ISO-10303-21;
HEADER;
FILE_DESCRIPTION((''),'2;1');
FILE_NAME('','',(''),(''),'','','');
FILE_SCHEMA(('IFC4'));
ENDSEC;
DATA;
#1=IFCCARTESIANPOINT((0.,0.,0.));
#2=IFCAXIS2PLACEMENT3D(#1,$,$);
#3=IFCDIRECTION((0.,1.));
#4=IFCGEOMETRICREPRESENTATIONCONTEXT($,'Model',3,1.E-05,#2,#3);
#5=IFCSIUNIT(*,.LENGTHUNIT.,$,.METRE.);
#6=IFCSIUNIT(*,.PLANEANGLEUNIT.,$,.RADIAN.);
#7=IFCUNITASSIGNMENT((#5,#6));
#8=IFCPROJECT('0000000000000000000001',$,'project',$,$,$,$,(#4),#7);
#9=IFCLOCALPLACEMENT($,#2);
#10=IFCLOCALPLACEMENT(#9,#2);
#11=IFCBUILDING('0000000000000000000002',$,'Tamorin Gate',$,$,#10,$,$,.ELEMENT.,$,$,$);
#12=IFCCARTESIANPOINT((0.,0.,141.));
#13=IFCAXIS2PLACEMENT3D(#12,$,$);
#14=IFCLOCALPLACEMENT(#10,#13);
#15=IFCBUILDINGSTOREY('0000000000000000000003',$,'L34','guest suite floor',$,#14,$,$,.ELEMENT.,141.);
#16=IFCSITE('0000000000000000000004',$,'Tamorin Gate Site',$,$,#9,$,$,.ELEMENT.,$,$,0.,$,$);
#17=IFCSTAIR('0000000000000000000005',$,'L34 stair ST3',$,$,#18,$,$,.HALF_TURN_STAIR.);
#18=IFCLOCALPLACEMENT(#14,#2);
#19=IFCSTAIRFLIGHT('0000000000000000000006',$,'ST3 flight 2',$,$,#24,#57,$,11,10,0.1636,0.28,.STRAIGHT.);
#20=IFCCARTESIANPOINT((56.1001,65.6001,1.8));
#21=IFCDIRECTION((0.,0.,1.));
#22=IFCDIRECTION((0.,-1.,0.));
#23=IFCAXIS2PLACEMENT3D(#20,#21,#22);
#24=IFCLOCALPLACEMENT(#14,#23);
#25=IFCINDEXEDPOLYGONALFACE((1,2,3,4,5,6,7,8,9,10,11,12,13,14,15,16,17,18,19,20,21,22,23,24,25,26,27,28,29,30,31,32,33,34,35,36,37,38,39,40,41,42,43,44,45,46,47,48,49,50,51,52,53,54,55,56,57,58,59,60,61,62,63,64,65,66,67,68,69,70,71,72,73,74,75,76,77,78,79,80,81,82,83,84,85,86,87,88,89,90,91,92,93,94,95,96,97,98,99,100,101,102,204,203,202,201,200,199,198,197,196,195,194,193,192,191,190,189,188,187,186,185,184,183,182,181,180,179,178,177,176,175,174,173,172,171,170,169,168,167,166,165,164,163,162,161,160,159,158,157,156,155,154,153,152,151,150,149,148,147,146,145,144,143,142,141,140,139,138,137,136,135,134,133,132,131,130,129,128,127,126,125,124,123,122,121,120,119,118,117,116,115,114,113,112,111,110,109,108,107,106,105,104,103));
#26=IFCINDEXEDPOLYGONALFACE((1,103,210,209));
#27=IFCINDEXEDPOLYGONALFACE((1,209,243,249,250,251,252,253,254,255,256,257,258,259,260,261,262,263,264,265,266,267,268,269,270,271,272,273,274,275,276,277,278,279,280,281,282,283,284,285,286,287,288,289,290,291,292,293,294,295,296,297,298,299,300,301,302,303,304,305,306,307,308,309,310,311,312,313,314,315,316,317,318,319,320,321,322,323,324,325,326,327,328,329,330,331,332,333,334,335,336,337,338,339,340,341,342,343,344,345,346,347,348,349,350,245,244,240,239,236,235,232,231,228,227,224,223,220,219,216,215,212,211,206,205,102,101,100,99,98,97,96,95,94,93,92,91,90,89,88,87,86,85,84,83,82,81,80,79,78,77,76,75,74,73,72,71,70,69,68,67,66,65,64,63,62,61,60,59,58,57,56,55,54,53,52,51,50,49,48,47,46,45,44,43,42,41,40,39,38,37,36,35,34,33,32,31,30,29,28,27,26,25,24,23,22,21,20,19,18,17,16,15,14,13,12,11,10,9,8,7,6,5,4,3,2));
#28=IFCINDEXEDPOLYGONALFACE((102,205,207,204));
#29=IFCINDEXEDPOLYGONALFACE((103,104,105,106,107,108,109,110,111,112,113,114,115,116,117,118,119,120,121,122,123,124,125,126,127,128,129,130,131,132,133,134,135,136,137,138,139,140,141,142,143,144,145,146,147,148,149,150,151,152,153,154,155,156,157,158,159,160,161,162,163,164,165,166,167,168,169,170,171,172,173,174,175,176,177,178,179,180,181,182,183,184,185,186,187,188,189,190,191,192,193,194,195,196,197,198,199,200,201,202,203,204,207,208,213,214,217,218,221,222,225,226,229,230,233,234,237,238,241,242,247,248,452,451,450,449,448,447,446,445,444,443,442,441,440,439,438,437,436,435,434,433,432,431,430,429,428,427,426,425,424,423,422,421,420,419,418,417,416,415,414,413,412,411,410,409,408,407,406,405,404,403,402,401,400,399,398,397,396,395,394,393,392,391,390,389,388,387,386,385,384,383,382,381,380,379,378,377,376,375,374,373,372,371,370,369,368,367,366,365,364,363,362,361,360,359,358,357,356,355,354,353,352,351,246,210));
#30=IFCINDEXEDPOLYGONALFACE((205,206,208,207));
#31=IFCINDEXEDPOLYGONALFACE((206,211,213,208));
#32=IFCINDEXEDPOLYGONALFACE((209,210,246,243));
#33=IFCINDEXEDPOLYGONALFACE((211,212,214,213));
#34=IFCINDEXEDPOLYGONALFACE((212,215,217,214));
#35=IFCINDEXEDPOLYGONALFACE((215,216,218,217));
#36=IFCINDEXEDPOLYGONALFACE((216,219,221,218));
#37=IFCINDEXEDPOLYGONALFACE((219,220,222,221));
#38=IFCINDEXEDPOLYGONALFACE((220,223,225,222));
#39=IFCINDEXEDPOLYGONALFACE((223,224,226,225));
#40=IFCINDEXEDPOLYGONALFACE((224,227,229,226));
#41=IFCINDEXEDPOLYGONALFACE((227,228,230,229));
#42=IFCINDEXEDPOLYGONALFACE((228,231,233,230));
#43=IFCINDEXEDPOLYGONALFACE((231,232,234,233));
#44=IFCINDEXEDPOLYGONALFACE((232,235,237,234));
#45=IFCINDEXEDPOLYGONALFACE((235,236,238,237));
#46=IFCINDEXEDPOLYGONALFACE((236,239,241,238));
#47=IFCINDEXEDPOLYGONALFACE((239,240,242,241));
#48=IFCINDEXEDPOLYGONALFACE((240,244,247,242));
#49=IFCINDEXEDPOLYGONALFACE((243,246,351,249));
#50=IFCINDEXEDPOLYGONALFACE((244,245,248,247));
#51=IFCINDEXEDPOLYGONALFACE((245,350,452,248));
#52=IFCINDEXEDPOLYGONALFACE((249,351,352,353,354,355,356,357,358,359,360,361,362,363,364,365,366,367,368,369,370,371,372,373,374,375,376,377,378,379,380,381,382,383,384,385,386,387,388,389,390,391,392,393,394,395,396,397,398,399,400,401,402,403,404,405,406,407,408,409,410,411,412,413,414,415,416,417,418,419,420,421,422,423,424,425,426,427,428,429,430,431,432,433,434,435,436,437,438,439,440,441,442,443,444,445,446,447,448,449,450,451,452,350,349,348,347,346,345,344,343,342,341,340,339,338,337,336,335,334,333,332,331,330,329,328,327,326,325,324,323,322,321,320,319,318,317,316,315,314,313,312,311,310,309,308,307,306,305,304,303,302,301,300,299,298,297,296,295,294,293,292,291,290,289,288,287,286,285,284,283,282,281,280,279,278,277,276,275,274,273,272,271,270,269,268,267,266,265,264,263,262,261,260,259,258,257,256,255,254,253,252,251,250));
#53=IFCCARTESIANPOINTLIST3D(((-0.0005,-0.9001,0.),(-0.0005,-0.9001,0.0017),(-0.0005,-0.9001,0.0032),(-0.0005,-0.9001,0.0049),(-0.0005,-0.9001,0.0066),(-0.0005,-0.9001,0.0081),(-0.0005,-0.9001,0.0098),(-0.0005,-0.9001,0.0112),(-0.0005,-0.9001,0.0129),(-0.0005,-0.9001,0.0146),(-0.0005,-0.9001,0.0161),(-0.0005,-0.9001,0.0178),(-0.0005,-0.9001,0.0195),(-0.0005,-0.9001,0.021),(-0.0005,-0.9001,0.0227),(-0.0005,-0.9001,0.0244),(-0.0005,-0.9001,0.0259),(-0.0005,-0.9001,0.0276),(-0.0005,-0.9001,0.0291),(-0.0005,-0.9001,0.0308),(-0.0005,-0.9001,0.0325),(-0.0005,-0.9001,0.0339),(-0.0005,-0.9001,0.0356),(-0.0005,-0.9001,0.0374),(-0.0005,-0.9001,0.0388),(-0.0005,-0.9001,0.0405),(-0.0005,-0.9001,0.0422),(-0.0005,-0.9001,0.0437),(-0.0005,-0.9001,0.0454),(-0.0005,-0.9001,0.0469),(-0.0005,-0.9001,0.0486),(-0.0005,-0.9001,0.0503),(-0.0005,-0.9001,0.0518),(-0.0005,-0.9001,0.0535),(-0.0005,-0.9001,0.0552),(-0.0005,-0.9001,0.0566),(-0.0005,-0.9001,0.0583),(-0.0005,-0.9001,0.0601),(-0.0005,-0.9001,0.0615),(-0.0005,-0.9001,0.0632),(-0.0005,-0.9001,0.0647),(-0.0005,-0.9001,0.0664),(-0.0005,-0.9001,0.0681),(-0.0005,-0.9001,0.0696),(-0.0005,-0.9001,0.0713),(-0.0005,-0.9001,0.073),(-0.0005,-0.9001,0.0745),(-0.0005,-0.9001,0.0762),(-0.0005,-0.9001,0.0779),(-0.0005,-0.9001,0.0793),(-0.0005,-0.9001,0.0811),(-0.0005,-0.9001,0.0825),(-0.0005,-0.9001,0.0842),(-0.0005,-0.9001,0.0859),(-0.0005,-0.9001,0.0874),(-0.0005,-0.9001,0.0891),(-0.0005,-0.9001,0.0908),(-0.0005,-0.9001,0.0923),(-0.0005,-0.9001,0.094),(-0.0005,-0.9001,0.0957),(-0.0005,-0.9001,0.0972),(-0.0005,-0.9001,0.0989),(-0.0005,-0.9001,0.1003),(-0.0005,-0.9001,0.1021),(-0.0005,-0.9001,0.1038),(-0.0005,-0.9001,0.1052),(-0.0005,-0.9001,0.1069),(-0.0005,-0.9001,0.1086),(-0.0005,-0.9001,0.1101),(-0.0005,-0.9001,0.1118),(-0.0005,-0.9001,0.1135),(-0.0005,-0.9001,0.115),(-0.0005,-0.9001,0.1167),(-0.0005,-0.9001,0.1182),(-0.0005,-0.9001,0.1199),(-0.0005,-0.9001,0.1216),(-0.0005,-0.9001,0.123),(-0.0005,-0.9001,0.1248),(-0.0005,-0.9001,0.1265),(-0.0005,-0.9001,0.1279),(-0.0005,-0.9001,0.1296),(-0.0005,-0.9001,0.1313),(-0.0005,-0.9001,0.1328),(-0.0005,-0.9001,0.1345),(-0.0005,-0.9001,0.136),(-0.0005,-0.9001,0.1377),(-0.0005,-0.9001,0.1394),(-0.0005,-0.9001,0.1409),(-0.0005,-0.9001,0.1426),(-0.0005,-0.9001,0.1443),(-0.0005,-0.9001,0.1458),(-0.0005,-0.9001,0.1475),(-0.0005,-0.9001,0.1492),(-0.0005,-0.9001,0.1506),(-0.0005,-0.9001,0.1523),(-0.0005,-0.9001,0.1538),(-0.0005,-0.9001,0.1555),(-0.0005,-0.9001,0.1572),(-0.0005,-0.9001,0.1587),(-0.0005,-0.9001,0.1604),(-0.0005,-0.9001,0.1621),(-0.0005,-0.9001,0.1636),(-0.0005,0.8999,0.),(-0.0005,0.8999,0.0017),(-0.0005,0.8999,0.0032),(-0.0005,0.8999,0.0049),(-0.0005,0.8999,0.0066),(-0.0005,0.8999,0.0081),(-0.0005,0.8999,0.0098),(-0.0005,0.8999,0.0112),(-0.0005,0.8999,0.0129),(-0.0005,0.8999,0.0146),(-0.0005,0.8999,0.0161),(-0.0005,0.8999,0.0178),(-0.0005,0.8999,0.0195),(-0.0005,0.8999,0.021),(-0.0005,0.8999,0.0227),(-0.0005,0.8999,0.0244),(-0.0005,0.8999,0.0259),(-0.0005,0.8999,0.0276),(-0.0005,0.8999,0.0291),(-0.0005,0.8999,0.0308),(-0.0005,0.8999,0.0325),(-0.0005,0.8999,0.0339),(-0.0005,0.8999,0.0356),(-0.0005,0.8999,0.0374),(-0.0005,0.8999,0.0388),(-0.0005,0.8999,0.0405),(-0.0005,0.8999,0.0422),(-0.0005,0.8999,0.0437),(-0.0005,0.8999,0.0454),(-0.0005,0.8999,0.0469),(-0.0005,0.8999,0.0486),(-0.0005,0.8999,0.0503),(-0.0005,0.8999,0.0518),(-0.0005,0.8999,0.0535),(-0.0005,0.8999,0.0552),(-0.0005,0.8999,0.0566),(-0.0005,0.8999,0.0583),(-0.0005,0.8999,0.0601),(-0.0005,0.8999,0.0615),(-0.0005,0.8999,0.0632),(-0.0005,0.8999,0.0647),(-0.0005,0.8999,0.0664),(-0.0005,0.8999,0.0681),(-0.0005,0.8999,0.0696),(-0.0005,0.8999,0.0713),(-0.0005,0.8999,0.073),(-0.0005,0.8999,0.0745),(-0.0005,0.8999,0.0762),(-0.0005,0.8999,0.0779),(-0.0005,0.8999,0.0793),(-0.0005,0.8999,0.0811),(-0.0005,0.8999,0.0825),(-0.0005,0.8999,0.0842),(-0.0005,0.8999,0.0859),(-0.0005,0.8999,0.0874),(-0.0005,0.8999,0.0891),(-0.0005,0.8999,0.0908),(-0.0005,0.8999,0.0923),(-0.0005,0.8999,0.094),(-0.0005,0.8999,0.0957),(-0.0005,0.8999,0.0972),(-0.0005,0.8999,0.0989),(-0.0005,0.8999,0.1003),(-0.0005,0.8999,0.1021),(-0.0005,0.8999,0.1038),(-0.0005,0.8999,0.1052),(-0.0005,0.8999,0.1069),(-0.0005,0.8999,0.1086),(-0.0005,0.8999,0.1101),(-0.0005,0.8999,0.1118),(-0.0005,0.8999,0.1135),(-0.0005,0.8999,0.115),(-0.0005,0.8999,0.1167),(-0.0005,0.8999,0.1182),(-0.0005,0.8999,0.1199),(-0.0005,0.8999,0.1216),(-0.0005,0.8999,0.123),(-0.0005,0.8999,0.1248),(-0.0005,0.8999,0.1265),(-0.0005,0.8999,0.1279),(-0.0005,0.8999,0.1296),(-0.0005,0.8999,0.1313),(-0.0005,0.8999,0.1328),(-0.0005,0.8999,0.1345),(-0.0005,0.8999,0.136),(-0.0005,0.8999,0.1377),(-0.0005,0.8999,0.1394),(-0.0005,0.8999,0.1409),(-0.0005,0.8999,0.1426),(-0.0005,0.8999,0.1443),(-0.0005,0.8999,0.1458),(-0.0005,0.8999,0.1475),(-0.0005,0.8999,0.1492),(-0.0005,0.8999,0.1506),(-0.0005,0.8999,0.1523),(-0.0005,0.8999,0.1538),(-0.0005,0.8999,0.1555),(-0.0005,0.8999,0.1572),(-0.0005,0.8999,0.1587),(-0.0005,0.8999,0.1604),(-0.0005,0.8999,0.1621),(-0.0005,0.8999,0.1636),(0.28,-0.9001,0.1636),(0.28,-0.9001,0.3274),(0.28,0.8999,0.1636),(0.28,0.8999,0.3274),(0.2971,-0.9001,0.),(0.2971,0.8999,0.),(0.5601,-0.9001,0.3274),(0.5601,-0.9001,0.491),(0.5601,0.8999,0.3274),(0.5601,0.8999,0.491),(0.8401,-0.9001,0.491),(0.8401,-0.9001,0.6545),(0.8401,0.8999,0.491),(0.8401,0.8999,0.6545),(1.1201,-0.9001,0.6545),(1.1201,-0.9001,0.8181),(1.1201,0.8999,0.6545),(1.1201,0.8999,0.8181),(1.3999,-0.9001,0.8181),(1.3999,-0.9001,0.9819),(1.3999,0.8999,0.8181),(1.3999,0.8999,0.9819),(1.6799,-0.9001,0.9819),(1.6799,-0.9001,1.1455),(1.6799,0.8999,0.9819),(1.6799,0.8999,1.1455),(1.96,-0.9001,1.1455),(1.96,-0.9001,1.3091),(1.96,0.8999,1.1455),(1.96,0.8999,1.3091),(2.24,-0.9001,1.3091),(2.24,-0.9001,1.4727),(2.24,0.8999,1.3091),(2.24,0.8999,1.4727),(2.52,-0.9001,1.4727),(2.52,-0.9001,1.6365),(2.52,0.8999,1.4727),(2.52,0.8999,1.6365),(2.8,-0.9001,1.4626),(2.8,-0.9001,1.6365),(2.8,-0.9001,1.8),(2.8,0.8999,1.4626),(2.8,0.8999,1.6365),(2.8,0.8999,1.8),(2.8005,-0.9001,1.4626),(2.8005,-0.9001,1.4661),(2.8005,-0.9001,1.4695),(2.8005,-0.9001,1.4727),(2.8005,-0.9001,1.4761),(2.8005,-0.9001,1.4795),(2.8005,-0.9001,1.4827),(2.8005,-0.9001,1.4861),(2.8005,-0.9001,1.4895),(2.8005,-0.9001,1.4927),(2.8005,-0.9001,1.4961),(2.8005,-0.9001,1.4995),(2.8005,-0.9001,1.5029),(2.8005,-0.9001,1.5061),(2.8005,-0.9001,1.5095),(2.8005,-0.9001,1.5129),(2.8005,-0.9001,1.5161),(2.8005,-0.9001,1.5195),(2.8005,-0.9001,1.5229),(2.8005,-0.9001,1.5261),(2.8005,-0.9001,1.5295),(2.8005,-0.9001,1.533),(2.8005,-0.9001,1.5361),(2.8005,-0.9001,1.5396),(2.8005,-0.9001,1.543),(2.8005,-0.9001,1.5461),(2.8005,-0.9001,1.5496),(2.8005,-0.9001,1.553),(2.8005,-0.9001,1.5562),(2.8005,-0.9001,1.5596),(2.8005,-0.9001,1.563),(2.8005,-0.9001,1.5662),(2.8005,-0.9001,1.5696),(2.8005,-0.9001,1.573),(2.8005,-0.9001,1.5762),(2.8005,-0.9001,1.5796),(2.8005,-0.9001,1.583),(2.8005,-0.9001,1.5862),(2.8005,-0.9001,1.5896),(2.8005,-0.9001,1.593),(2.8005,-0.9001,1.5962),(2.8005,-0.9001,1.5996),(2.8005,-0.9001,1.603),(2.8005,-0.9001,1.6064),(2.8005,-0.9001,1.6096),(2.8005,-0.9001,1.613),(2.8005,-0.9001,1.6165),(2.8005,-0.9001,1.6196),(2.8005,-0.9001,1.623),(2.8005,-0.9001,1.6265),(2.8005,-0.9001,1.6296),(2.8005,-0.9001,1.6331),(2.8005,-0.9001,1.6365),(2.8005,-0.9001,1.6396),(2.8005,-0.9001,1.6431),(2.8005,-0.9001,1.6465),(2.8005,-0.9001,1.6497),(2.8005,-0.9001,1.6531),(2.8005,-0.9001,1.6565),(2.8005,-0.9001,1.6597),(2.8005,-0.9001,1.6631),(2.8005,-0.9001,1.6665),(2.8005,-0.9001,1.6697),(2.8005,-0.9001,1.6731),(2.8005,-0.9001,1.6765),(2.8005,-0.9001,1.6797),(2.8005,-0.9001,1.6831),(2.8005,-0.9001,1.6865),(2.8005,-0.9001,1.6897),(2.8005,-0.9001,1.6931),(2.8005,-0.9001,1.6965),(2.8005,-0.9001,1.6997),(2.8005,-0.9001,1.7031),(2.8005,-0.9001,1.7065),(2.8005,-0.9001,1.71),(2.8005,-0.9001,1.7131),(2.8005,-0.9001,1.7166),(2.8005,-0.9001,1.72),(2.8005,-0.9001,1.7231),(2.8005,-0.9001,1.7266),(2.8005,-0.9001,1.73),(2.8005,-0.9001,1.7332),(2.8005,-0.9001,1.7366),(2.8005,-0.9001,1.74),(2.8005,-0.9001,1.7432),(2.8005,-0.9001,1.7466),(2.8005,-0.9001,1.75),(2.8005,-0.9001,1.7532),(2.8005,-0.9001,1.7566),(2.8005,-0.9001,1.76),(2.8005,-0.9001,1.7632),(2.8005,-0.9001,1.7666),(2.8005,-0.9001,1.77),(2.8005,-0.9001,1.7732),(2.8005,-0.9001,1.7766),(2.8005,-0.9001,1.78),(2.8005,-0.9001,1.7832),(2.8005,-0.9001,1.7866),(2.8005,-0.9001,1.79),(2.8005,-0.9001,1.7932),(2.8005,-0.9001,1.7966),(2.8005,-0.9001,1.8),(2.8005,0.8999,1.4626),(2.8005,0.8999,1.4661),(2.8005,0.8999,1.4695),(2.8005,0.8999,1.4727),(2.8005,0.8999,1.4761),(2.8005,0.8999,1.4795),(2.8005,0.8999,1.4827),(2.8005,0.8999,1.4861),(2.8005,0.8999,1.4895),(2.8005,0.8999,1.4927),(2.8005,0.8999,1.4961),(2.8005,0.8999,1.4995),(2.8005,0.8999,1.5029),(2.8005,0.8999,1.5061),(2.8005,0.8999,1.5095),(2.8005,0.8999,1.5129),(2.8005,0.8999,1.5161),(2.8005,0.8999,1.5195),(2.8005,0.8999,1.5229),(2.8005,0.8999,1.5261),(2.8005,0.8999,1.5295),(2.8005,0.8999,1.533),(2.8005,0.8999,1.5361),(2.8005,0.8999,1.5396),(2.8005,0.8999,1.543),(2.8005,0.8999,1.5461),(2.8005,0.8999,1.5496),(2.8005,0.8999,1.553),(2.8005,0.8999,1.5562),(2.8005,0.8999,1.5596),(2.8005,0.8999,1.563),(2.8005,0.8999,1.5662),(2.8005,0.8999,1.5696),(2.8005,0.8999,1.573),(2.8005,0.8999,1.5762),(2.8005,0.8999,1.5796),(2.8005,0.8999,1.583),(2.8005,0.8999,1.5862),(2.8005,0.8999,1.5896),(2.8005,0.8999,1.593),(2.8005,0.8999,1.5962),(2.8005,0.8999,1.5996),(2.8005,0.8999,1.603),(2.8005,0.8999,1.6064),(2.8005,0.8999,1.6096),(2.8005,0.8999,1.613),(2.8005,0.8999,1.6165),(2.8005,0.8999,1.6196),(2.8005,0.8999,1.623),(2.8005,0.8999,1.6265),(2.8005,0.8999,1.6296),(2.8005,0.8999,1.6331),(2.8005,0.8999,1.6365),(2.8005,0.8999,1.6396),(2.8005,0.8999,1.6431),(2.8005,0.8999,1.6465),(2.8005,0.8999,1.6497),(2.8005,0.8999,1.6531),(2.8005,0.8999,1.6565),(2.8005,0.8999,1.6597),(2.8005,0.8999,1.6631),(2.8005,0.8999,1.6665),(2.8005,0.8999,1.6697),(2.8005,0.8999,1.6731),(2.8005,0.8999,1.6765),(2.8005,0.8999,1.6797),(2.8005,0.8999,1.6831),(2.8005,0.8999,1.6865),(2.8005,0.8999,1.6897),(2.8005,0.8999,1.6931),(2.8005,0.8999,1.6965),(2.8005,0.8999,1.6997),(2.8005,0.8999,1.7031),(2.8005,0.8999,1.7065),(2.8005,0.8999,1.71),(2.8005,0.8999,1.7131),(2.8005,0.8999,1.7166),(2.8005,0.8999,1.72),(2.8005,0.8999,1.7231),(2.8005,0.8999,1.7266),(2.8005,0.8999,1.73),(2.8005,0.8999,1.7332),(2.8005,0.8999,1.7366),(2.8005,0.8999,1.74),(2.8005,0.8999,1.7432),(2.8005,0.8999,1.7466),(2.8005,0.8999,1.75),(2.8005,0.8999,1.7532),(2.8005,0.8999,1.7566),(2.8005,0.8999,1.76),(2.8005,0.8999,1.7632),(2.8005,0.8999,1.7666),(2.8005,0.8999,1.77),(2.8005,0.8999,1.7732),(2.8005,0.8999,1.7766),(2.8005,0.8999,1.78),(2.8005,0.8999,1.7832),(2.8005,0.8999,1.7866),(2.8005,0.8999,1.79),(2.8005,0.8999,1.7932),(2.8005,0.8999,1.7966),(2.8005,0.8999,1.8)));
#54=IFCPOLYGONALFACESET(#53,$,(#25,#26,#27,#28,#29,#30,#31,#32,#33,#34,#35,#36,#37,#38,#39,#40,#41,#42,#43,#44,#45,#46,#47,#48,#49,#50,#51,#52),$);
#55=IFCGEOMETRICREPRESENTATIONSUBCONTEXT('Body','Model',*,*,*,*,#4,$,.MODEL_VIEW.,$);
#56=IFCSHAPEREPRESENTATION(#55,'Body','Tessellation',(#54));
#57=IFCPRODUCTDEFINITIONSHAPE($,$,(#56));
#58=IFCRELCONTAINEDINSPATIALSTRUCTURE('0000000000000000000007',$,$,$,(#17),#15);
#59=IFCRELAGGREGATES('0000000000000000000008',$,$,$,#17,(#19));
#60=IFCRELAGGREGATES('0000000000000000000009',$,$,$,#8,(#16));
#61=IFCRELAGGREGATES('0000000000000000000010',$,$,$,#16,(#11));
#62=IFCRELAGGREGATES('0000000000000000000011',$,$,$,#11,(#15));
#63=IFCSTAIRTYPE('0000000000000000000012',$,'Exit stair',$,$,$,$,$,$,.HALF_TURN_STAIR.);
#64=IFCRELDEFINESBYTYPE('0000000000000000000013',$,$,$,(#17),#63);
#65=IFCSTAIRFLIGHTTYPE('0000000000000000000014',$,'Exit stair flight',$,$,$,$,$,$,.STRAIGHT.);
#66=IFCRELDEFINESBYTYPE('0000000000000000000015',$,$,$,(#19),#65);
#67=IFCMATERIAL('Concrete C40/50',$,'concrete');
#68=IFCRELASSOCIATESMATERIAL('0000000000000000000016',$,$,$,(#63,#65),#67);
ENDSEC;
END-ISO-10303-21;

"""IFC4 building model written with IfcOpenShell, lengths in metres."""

from ifc_helpers import new_model, si_unit, direction, frame, origin, place, context, subcontext, project, spatial, polyline, outline, extrude, material, type_object, element, aggregate, save


model = new_model("IFC4")

# Units and contexts
model_context = context("Model", 3, precision=1e-05, world=origin(), true_north=direction((0.0, 1.0)))
body_context = subcontext(model_context, "Body", "Model", "MODEL_VIEW")
ifc_project = project(units=[si_unit("LENGTHUNIT", "METRE"), si_unit("PLANEANGLEUNIT", "RADIAN")], contexts=[model_context])

# Site, building, storey
site_placement = place(None, origin())
site = spatial("IfcSite", under=ifc_project, at=site_placement, Name="Tamorin Gate Site", CompositionType="ELEMENT", RefElevation=0.0)
building_placement = place(site_placement, origin())
building = spatial("IfcBuilding", under=site, at=building_placement, Name="Tamorin Gate", CompositionType="ELEMENT")
storey_placement = place(building_placement, frame((0.0, 0.0, 141.0)))
storey = spatial("IfcBuildingStorey", under=building, at=storey_placement, Name="L34", Description="guest suite floor", CompositionType="ELEMENT", Elevation=141.0)

# Shared definitions
ifc_material_1 = material(Name="Concrete C40/50", Category="concrete")

# Stair, stair flight
stair_type = type_object("IfcStairType", Name="Exit stair", PredefinedType="HALF_TURN_STAIR", material=ifc_material_1)
stair_placement = place(storey_placement, origin())
stair = element("IfcStair", 1, at=stair_placement, inside=storey, type_object=stair_type, Name="L34 stair ST3", PredefinedType="HALF_TURN_STAIR")
stair_flight_type = type_object("IfcStairFlightType", Name="Exit stair flight", PredefinedType="STRAIGHT", material=ifc_material_1)
stair_flight_placement = place(storey_placement, frame((56.1001, 65.6001, 1.8), z_axis=(0.0, 0.0, 1.0), x_axis=(0.0, -1.0, 0.0)))
stair_flight = element("IfcStairFlight", 2, at=stair_flight_placement, type_object=stair_flight_type, Name="ST3 flight 2", NumberOfRisers=11, NumberOfTreads=10, PredefinedType="STRAIGHT", RiserHeight=0.1636, TreadLength=0.28, context=body_context, shape_type="SweptSolid", body=[
    extrude(outline(polyline([(-0.0005, 0.0), (-0.0005, 0.0017), (-0.0005, 0.0032), (-0.0005, 0.0049), (-0.0005, 0.0066), (-0.0005, 0.0081), (-0.0005, 0.0098), (-0.0005, 0.0112), (-0.0005, 0.0129), (-0.0005, 0.0146), (-0.0005, 0.0161), (-0.0005, 0.0178), (-0.0005, 0.0195), (-0.0005, 0.021), (-0.0005, 0.0227), (-0.0005, 0.0244), (-0.0005, 0.0259), (-0.0005, 0.0276), (-0.0005, 0.0291), (-0.0005, 0.0308), (-0.0005, 0.0325), (-0.0005, 0.0339), (-0.0005, 0.0356), (-0.0005, 0.0374), (-0.0005, 0.0388), (-0.0005, 0.0405), (-0.0005, 0.0422), (-0.0005, 0.0437), (-0.0005, 0.0454), (-0.0005, 0.0469), (-0.0005, 0.0486), (-0.0005, 0.0503), (-0.0005, 0.0518), (-0.0005, 0.0535), (-0.0005, 0.0552), (-0.0005, 0.0566), (-0.0005, 0.0583), (-0.0005, 0.0601), (-0.0005, 0.0615), (-0.0005, 0.0632), (-0.0005, 0.0647), (-0.0005, 0.0664), (-0.0005, 0.0681), (-0.0005, 0.0696), (-0.0005, 0.0713), (-0.0005, 0.073), (-0.0005, 0.0745), (-0.0005, 0.0762), (-0.0005, 0.0779), (-0.0005, 0.0793), (-0.0005, 0.0811), (-0.0005, 0.0825), (-0.0005, 0.0842), (-0.0005, 0.0859), (-0.0005, 0.0874), (-0.0005, 0.0891), (-0.0005, 0.0908), (-0.0005, 0.0923), (-0.0005, 0.094), (-0.0005, 0.0957), (-0.0005, 0.0972), (-0.0005, 0.0989), (-0.0005, 0.1003), (-0.0005, 0.1021), (-0.0005, 0.1038), (-0.0005, 0.1052), (-0.0005, 0.1069), (-0.0005, 0.1086), (-0.0005, 0.1101), (-0.0005, 0.1118), (-0.0005, 0.1135), (-0.0005, 0.115), (-0.0005, 0.1167), (-0.0005, 0.1182), (-0.0005, 0.1199), (-0.0005, 0.1216), (-0.0005, 0.123), (-0.0005, 0.1248), (-0.0005, 0.1265), (-0.0005, 0.1279), (-0.0005, 0.1296), (-0.0005, 0.1313), (-0.0005, 0.1328), (-0.0005, 0.1345), (-0.0005, 0.136), (-0.0005, 0.1377), (-0.0005, 0.1394), (-0.0005, 0.1409), (-0.0005, 0.1426), (-0.0005, 0.1443), (-0.0005, 0.1458), (-0.0005, 0.1475), (-0.0005, 0.1492), (-0.0005, 0.1506), (-0.0005, 0.1523), (-0.0005, 0.1538), (-0.0005, 0.1555), (-0.0005, 0.1572), (-0.0005, 0.1587), (-0.0005, 0.1604), (-0.0005, 0.1621), (-0.0005, 0.1636), (0.28, 0.1636), (0.28, 0.3274), (0.5601, 0.3274), (0.5601, 0.491), (0.8401, 0.491), (0.8401, 0.6545), (1.1201, 0.6545), (1.1201, 0.8181), (1.3999, 0.8181), (1.3999, 0.9819), (1.6799, 0.9819), (1.6799, 1.1455), (1.96, 1.1455), (1.96, 1.3091), (2.24, 1.3091), (2.24, 1.4727), (2.52, 1.4727), (2.52, 1.6365), (2.8, 1.6365), (2.8, 1.8), (2.8005, 1.8), (2.8005, 1.7966), (2.8005, 1.7932), (2.8005, 1.79), (2.8005, 1.7866), (2.8005, 1.7832), (2.8005, 1.78), (2.8005, 1.7766), (2.8005, 1.7732), (2.8005, 1.77), (2.8005, 1.7666), (2.8005, 1.7632), (2.8005, 1.76), (2.8005, 1.7566), (2.8005, 1.7532), (2.8005, 1.75), (2.8005, 1.7466), (2.8005, 1.7432), (2.8005, 1.74), (2.8005, 1.7366), (2.8005, 1.7332), (2.8005, 1.73), (2.8005, 1.7266), (2.8005, 1.7231), (2.8005, 1.72), (2.8005, 1.7166), (2.8005, 1.7131), (2.8005, 1.71), (2.8005, 1.7065), (2.8005, 1.7031), (2.8005, 1.6997), (2.8005, 1.6965), (2.8005, 1.6931), (2.8005, 1.6897), (2.8005, 1.6865), (2.8005, 1.6831), (2.8005, 1.6797), (2.8005, 1.6765), (2.8005, 1.6731), (2.8005, 1.6697), (2.8005, 1.6665), (2.8005, 1.6631), (2.8005, 1.6597), (2.8005, 1.6565), (2.8005, 1.6531), (2.8005, 1.6497), (2.8005, 1.6465), (2.8005, 1.6431), (2.8005, 1.6396), (2.8005, 1.6365), (2.8005, 1.6331), (2.8005, 1.6296), (2.8005, 1.6265), (2.8005, 1.623), (2.8005, 1.6196), (2.8005, 1.6165), (2.8005, 1.613), (2.8005, 1.6096), (2.8005, 1.6064), (2.8005, 1.603), (2.8005, 1.5996), (2.8005, 1.5962), (2.8005, 1.593), (2.8005, 1.5896), (2.8005, 1.5862), (2.8005, 1.583), (2.8005, 1.5796), (2.8005, 1.5762), (2.8005, 1.573), (2.8005, 1.5696), (2.8005, 1.5662), (2.8005, 1.563), (2.8005, 1.5596), (2.8005, 1.5562), (2.8005, 1.553), (2.8005, 1.5496), (2.8005, 1.5461), (2.8005, 1.543), (2.8005, 1.5396), (2.8005, 1.5361), (2.8005, 1.533), (2.8005, 1.5295), (2.8005, 1.5261), (2.8005, 1.5229), (2.8005, 1.5195), (2.8005, 1.5161), (2.8005, 1.5129), (2.8005, 1.5095), (2.8005, 1.5061), (2.8005, 1.5029), (2.8005, 1.4995), (2.8005, 1.4961), (2.8005, 1.4927), (2.8005, 1.4895), (2.8005, 1.4861), (2.8005, 1.4827), (2.8005, 1.4795), (2.8005, 1.4761), (2.8005, 1.4727), (2.8005, 1.4695), (2.8005, 1.4661), (2.8005, 1.4626), (2.8, 1.4626), (0.2971, 0.0), (-0.0005, 0.0)])), frame((0.0, 0.8999, 0.0), z_axis=(0.0, -1.0, 0.0), x_axis=(1.0, 0.0, 0.0)), (0.0, 0.0, 1.0), 1.8),
])
aggregate(stair, [stair_flight])

save(model, "model.ifc")
